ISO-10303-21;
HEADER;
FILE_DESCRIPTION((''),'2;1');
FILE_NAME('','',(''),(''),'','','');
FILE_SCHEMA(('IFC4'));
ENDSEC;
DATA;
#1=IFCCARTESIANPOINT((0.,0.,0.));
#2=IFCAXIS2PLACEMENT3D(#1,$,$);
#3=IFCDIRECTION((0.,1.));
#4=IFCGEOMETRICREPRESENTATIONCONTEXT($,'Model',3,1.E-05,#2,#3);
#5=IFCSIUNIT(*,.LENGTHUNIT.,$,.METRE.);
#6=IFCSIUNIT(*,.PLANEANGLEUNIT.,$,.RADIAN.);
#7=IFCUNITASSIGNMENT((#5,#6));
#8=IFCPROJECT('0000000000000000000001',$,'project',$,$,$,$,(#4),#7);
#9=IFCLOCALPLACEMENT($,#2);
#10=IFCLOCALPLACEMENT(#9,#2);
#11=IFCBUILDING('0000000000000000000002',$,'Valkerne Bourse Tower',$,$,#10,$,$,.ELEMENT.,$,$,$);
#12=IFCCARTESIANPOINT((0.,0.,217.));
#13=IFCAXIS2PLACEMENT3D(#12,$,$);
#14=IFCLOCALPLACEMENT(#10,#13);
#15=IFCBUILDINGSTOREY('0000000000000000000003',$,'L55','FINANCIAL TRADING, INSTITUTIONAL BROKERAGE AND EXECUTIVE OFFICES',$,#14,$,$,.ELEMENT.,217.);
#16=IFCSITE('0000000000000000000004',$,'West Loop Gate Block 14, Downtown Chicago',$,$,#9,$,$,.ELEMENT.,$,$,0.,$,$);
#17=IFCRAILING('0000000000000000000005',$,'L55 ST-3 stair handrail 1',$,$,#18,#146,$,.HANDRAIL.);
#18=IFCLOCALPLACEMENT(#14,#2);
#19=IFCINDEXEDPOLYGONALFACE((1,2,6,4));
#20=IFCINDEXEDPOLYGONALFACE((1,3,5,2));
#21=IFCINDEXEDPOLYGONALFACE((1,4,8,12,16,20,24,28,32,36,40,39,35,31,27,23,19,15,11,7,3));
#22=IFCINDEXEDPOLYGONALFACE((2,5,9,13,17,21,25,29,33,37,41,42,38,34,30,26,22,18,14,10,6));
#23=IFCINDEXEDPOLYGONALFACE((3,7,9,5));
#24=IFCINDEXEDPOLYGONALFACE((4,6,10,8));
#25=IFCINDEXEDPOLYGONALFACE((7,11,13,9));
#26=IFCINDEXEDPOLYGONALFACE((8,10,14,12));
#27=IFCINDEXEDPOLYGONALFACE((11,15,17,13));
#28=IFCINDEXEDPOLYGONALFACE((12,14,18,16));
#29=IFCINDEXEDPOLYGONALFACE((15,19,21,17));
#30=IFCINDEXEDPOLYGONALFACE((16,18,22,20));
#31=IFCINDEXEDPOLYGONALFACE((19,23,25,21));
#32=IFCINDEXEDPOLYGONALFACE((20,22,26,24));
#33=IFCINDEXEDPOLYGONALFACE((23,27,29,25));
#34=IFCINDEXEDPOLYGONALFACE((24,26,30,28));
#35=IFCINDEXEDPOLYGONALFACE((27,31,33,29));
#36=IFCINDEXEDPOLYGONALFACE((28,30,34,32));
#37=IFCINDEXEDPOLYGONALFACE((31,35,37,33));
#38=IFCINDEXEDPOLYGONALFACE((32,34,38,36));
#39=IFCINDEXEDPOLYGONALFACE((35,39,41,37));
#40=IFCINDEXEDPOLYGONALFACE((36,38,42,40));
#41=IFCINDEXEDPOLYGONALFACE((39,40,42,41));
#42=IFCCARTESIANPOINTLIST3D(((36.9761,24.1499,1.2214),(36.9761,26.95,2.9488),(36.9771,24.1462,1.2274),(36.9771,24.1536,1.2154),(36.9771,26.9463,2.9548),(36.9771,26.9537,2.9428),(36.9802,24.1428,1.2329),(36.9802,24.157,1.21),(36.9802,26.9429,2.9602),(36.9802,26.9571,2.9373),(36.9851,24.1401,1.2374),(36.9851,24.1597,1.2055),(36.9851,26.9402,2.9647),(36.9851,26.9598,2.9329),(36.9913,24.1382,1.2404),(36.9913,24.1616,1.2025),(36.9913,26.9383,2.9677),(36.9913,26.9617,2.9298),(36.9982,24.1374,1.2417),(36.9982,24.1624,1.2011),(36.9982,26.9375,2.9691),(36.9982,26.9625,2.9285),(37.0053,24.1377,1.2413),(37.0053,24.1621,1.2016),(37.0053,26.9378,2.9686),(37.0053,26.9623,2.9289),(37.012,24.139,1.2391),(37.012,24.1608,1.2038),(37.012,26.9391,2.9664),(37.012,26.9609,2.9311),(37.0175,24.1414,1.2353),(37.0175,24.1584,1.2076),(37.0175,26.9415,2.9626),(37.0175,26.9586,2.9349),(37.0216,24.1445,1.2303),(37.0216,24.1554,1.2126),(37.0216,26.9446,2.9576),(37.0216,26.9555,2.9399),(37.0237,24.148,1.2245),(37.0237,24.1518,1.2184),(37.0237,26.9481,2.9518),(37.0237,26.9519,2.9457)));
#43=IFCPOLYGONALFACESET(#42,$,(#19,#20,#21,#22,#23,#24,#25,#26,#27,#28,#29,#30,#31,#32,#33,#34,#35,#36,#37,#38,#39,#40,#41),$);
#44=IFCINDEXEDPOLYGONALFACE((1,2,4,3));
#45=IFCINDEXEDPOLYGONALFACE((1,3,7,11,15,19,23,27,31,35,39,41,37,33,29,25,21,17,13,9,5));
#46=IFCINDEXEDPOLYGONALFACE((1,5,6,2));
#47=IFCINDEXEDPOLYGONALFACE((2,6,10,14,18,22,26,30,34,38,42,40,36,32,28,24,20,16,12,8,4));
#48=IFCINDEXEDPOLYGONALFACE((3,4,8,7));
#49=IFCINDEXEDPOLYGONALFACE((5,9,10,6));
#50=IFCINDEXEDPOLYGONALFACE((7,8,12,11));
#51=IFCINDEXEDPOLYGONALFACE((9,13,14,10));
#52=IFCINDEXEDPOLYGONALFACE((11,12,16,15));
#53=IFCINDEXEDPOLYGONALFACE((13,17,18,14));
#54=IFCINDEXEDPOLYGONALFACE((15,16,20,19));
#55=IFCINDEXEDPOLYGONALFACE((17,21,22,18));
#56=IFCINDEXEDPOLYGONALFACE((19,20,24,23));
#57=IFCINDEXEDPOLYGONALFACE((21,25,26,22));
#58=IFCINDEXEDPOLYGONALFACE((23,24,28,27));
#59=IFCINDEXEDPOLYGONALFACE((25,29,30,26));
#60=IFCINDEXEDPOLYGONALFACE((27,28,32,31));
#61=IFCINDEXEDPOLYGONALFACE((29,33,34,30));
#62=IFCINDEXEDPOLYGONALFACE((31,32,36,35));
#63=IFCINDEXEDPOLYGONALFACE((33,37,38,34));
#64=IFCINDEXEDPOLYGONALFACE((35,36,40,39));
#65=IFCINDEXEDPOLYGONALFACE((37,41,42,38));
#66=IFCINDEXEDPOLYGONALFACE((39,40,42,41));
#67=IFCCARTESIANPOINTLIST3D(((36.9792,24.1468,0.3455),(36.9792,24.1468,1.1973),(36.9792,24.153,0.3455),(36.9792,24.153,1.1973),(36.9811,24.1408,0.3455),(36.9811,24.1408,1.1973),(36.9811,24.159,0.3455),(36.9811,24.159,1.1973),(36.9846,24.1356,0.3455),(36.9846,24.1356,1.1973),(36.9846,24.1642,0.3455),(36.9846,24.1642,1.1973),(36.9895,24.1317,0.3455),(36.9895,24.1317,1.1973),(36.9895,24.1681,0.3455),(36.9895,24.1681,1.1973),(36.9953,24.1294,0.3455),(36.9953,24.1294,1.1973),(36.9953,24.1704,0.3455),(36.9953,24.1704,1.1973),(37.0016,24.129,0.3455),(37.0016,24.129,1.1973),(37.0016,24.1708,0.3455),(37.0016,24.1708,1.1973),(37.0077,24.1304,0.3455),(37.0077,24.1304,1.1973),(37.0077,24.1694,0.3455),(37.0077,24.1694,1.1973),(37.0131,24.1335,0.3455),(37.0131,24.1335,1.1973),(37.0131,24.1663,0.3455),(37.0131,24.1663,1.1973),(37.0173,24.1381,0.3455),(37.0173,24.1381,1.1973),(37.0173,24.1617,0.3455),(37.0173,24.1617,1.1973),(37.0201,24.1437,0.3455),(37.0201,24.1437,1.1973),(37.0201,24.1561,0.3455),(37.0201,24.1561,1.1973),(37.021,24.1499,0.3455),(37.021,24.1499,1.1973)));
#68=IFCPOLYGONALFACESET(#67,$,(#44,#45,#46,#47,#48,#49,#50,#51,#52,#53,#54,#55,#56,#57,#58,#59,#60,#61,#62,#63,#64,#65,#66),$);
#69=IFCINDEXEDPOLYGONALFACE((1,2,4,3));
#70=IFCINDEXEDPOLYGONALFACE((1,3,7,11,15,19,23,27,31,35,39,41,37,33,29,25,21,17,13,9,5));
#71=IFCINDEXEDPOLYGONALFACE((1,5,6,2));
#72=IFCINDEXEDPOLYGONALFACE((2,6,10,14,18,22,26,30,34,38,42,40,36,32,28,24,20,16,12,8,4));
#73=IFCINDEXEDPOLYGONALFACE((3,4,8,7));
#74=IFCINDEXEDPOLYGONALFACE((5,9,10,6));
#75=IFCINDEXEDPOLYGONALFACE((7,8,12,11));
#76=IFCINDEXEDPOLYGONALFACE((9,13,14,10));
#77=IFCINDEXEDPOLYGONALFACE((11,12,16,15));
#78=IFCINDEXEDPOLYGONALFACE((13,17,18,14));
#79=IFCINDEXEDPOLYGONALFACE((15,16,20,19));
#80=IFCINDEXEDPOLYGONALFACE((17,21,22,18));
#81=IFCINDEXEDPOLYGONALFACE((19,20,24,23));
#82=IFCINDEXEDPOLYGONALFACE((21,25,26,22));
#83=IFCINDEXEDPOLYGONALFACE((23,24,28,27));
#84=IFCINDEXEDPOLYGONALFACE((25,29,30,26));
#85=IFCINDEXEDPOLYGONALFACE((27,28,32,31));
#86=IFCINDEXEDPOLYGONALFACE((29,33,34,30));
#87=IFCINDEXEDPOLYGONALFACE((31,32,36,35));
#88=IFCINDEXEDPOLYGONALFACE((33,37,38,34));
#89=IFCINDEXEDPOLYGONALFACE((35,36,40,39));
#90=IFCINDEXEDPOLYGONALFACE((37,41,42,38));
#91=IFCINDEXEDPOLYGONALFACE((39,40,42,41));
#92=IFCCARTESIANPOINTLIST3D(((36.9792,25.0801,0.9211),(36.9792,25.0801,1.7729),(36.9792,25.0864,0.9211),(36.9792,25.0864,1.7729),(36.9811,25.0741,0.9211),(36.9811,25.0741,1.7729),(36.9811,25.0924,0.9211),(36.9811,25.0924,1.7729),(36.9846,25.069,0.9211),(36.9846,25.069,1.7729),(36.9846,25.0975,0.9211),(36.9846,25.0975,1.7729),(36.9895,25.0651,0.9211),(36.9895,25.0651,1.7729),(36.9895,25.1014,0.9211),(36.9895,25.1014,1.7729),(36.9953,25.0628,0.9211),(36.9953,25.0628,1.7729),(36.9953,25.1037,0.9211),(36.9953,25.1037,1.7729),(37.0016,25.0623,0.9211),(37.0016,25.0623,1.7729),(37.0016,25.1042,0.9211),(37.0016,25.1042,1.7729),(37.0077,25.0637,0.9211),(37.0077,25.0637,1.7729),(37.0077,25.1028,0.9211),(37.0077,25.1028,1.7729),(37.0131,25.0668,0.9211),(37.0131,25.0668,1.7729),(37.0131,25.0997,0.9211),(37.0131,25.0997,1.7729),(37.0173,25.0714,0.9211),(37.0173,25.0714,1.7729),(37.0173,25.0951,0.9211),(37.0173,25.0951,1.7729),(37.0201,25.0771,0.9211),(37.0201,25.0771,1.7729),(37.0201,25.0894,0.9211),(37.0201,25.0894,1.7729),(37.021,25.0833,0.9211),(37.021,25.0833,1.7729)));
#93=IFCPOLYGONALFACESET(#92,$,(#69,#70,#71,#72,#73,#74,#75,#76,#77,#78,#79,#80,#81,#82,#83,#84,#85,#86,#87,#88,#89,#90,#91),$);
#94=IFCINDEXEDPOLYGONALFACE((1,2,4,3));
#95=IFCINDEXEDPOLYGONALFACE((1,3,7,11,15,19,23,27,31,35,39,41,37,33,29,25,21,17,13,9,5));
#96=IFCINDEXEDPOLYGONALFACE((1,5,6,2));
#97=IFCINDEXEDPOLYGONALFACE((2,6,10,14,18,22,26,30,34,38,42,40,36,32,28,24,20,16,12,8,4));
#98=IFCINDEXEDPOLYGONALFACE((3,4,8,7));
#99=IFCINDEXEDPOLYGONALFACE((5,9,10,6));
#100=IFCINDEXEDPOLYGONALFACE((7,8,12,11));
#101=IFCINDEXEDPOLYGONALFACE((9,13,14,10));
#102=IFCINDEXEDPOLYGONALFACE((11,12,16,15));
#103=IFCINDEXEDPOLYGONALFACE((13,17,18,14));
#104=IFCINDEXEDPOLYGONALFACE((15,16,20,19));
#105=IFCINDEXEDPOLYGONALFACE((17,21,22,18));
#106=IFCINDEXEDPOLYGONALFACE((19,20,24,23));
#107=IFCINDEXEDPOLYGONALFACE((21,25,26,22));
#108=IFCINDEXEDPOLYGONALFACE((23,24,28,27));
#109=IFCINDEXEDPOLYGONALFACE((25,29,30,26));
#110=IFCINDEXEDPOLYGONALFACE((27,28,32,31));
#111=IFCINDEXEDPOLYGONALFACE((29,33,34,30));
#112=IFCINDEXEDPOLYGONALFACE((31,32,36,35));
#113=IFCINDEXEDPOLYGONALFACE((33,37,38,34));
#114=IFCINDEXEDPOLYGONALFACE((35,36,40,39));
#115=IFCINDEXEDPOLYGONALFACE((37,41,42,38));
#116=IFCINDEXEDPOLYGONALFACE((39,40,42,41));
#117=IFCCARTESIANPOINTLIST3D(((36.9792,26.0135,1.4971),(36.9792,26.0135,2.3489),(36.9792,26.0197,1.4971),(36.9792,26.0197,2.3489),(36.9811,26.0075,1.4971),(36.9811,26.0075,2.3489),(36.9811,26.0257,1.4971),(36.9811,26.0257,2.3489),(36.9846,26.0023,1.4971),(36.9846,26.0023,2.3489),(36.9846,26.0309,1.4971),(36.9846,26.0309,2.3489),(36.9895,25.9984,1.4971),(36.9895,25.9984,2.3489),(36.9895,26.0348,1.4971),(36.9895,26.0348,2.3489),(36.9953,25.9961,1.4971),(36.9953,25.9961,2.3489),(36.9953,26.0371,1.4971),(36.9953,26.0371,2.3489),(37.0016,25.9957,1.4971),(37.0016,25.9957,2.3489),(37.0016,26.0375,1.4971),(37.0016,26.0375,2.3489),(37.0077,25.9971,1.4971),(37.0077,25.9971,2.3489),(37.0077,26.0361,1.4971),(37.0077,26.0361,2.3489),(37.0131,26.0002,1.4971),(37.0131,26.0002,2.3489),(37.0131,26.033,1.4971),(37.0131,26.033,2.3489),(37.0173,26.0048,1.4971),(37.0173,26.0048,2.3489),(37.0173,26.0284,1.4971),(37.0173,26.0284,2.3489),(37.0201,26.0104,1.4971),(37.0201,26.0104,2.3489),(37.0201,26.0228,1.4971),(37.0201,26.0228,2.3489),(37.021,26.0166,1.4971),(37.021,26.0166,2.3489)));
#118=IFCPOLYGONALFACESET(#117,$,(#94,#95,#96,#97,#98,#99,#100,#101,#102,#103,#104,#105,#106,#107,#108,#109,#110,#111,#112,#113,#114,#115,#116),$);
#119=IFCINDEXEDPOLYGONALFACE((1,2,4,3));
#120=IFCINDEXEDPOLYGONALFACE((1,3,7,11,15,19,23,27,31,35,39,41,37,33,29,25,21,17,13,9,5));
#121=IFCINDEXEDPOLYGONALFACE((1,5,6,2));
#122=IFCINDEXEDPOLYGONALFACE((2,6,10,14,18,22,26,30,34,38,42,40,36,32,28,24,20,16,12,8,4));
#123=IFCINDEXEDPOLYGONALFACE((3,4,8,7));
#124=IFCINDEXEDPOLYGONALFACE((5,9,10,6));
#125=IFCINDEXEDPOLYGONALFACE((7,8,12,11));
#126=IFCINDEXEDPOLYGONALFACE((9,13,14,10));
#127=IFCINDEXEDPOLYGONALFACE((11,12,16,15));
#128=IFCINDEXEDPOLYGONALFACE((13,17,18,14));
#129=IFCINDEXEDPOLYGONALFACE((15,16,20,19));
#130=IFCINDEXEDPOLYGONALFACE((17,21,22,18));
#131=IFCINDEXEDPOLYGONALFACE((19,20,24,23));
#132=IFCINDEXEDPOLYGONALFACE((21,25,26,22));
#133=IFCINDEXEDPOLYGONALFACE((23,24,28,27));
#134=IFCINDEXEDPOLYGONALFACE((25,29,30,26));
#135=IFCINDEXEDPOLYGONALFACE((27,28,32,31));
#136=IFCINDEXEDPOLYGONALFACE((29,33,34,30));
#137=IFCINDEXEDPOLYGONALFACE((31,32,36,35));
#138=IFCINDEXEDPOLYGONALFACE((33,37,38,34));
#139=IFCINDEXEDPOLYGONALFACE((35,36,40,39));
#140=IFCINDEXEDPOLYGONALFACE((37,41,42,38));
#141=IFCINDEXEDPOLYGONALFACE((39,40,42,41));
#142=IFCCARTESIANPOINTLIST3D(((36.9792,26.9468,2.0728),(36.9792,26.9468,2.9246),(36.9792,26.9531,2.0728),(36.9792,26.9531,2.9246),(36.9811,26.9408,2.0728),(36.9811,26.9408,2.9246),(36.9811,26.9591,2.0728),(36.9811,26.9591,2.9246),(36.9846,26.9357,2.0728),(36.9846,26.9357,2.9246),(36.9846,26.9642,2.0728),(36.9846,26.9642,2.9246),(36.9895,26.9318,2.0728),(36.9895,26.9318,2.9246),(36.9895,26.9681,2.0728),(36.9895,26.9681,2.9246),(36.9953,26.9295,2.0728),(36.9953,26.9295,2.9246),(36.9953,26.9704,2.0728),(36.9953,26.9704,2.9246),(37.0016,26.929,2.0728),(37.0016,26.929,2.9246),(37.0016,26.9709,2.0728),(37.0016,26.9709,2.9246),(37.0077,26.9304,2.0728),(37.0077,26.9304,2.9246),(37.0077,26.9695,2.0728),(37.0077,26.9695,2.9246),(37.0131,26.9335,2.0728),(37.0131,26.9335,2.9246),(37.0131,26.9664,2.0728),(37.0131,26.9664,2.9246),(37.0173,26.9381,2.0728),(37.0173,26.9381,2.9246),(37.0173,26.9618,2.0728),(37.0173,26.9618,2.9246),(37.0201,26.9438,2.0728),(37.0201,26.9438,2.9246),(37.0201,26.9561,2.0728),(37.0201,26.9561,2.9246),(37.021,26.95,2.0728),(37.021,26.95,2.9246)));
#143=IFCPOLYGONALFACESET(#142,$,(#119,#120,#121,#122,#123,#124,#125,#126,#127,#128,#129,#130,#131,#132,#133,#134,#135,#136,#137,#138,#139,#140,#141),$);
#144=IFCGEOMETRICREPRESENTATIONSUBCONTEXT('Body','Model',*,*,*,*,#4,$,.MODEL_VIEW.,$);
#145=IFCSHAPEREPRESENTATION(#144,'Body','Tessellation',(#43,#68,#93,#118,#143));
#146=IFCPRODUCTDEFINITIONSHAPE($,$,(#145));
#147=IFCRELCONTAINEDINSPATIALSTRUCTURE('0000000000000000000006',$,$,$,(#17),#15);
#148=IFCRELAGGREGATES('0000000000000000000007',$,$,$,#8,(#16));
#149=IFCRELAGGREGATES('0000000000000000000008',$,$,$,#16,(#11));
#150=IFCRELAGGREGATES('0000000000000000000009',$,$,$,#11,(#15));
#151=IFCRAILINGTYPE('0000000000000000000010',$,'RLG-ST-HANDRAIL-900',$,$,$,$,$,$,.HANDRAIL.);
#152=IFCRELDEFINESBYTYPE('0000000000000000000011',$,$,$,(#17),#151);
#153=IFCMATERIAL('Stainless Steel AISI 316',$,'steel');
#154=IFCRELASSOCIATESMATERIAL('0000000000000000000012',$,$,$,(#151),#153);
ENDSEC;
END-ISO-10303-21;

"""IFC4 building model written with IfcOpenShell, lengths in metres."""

from ifc_helpers import new_model, si_unit, direction, frame, origin, origin_2d, place, context, subcontext, project, spatial, circle, extrude, material, type_object, element, save


model = new_model("IFC4")

# Units and contexts
model_context = context("Model", 3, precision=1e-05, world=origin(), true_north=direction((0.0, 1.0)))
body_context = subcontext(model_context, "Body", "Model", "MODEL_VIEW")
ifc_project = project(units=[si_unit("LENGTHUNIT", "METRE"), si_unit("PLANEANGLEUNIT", "RADIAN")], contexts=[model_context])

# Site, building, storey
site_placement = place(None, origin())
site = spatial("IfcSite", under=ifc_project, at=site_placement, Name="West Loop Gate Block 14, Downtown Chicago", CompositionType="ELEMENT", RefElevation=0.0)
building_placement = place(site_placement, origin())
building = spatial("IfcBuilding", under=site, at=building_placement, Name="Valkerne Bourse Tower", CompositionType="ELEMENT")
storey_placement = place(building_placement, frame((0.0, 0.0, 217.0)))
storey = spatial("IfcBuildingStorey", under=building, at=storey_placement, Name="L55", Description="FINANCIAL TRADING, INSTITUTIONAL BROKERAGE AND EXECUTIVE OFFICES", CompositionType="ELEMENT", Elevation=217.0)

# Railing
ifc_material_1 = material(Name="Stainless Steel AISI 316", Category="steel")
railing_type_1 = type_object("IfcRailingType", Name="RLG-ST-HANDRAIL-900", PredefinedType="HANDRAIL", material=ifc_material_1)
railing_1_placement = place(storey_placement, frame((37.0, 24.1499, 0.3455)))
element("IfcRailing", 1, at=railing_1_placement, inside=storey, type_object=railing_type_1, Name="L55 ST-3 stair handrail 1", PredefinedType="HANDRAIL", context=body_context, shape_type="SweptSolid", body=[
    extrude(circle(Radius=0.0239, at=origin_2d()), frame((0.0, 0.0, 0.876), z_axis=(0.0, 0.85109, 0.52502), x_axis=(-1.0, 0.0, 0.0)), (0.0, 0.0, 1.0), 3.29),
    extrude(circle(Radius=0.021, at=origin_2d()), origin(), (0.0, 0.0, 1.0), 0.8518),
    extrude(circle(Radius=0.021, at=origin_2d()), frame((0.0, 0.9333, 0.5757)), (0.0, 0.0, 1.0), 0.8518),
    extrude(circle(Radius=0.021, at=origin_2d()), frame((0.0, 1.8667, 1.1516)), (0.0, 0.0, 1.0), 0.8518),
    extrude(circle(Radius=0.021, at=origin_2d()), frame((0.0, 2.8, 1.7273)), (0.0, 0.0, 1.0), 0.8518),
])

save(model, "model.ifc")
